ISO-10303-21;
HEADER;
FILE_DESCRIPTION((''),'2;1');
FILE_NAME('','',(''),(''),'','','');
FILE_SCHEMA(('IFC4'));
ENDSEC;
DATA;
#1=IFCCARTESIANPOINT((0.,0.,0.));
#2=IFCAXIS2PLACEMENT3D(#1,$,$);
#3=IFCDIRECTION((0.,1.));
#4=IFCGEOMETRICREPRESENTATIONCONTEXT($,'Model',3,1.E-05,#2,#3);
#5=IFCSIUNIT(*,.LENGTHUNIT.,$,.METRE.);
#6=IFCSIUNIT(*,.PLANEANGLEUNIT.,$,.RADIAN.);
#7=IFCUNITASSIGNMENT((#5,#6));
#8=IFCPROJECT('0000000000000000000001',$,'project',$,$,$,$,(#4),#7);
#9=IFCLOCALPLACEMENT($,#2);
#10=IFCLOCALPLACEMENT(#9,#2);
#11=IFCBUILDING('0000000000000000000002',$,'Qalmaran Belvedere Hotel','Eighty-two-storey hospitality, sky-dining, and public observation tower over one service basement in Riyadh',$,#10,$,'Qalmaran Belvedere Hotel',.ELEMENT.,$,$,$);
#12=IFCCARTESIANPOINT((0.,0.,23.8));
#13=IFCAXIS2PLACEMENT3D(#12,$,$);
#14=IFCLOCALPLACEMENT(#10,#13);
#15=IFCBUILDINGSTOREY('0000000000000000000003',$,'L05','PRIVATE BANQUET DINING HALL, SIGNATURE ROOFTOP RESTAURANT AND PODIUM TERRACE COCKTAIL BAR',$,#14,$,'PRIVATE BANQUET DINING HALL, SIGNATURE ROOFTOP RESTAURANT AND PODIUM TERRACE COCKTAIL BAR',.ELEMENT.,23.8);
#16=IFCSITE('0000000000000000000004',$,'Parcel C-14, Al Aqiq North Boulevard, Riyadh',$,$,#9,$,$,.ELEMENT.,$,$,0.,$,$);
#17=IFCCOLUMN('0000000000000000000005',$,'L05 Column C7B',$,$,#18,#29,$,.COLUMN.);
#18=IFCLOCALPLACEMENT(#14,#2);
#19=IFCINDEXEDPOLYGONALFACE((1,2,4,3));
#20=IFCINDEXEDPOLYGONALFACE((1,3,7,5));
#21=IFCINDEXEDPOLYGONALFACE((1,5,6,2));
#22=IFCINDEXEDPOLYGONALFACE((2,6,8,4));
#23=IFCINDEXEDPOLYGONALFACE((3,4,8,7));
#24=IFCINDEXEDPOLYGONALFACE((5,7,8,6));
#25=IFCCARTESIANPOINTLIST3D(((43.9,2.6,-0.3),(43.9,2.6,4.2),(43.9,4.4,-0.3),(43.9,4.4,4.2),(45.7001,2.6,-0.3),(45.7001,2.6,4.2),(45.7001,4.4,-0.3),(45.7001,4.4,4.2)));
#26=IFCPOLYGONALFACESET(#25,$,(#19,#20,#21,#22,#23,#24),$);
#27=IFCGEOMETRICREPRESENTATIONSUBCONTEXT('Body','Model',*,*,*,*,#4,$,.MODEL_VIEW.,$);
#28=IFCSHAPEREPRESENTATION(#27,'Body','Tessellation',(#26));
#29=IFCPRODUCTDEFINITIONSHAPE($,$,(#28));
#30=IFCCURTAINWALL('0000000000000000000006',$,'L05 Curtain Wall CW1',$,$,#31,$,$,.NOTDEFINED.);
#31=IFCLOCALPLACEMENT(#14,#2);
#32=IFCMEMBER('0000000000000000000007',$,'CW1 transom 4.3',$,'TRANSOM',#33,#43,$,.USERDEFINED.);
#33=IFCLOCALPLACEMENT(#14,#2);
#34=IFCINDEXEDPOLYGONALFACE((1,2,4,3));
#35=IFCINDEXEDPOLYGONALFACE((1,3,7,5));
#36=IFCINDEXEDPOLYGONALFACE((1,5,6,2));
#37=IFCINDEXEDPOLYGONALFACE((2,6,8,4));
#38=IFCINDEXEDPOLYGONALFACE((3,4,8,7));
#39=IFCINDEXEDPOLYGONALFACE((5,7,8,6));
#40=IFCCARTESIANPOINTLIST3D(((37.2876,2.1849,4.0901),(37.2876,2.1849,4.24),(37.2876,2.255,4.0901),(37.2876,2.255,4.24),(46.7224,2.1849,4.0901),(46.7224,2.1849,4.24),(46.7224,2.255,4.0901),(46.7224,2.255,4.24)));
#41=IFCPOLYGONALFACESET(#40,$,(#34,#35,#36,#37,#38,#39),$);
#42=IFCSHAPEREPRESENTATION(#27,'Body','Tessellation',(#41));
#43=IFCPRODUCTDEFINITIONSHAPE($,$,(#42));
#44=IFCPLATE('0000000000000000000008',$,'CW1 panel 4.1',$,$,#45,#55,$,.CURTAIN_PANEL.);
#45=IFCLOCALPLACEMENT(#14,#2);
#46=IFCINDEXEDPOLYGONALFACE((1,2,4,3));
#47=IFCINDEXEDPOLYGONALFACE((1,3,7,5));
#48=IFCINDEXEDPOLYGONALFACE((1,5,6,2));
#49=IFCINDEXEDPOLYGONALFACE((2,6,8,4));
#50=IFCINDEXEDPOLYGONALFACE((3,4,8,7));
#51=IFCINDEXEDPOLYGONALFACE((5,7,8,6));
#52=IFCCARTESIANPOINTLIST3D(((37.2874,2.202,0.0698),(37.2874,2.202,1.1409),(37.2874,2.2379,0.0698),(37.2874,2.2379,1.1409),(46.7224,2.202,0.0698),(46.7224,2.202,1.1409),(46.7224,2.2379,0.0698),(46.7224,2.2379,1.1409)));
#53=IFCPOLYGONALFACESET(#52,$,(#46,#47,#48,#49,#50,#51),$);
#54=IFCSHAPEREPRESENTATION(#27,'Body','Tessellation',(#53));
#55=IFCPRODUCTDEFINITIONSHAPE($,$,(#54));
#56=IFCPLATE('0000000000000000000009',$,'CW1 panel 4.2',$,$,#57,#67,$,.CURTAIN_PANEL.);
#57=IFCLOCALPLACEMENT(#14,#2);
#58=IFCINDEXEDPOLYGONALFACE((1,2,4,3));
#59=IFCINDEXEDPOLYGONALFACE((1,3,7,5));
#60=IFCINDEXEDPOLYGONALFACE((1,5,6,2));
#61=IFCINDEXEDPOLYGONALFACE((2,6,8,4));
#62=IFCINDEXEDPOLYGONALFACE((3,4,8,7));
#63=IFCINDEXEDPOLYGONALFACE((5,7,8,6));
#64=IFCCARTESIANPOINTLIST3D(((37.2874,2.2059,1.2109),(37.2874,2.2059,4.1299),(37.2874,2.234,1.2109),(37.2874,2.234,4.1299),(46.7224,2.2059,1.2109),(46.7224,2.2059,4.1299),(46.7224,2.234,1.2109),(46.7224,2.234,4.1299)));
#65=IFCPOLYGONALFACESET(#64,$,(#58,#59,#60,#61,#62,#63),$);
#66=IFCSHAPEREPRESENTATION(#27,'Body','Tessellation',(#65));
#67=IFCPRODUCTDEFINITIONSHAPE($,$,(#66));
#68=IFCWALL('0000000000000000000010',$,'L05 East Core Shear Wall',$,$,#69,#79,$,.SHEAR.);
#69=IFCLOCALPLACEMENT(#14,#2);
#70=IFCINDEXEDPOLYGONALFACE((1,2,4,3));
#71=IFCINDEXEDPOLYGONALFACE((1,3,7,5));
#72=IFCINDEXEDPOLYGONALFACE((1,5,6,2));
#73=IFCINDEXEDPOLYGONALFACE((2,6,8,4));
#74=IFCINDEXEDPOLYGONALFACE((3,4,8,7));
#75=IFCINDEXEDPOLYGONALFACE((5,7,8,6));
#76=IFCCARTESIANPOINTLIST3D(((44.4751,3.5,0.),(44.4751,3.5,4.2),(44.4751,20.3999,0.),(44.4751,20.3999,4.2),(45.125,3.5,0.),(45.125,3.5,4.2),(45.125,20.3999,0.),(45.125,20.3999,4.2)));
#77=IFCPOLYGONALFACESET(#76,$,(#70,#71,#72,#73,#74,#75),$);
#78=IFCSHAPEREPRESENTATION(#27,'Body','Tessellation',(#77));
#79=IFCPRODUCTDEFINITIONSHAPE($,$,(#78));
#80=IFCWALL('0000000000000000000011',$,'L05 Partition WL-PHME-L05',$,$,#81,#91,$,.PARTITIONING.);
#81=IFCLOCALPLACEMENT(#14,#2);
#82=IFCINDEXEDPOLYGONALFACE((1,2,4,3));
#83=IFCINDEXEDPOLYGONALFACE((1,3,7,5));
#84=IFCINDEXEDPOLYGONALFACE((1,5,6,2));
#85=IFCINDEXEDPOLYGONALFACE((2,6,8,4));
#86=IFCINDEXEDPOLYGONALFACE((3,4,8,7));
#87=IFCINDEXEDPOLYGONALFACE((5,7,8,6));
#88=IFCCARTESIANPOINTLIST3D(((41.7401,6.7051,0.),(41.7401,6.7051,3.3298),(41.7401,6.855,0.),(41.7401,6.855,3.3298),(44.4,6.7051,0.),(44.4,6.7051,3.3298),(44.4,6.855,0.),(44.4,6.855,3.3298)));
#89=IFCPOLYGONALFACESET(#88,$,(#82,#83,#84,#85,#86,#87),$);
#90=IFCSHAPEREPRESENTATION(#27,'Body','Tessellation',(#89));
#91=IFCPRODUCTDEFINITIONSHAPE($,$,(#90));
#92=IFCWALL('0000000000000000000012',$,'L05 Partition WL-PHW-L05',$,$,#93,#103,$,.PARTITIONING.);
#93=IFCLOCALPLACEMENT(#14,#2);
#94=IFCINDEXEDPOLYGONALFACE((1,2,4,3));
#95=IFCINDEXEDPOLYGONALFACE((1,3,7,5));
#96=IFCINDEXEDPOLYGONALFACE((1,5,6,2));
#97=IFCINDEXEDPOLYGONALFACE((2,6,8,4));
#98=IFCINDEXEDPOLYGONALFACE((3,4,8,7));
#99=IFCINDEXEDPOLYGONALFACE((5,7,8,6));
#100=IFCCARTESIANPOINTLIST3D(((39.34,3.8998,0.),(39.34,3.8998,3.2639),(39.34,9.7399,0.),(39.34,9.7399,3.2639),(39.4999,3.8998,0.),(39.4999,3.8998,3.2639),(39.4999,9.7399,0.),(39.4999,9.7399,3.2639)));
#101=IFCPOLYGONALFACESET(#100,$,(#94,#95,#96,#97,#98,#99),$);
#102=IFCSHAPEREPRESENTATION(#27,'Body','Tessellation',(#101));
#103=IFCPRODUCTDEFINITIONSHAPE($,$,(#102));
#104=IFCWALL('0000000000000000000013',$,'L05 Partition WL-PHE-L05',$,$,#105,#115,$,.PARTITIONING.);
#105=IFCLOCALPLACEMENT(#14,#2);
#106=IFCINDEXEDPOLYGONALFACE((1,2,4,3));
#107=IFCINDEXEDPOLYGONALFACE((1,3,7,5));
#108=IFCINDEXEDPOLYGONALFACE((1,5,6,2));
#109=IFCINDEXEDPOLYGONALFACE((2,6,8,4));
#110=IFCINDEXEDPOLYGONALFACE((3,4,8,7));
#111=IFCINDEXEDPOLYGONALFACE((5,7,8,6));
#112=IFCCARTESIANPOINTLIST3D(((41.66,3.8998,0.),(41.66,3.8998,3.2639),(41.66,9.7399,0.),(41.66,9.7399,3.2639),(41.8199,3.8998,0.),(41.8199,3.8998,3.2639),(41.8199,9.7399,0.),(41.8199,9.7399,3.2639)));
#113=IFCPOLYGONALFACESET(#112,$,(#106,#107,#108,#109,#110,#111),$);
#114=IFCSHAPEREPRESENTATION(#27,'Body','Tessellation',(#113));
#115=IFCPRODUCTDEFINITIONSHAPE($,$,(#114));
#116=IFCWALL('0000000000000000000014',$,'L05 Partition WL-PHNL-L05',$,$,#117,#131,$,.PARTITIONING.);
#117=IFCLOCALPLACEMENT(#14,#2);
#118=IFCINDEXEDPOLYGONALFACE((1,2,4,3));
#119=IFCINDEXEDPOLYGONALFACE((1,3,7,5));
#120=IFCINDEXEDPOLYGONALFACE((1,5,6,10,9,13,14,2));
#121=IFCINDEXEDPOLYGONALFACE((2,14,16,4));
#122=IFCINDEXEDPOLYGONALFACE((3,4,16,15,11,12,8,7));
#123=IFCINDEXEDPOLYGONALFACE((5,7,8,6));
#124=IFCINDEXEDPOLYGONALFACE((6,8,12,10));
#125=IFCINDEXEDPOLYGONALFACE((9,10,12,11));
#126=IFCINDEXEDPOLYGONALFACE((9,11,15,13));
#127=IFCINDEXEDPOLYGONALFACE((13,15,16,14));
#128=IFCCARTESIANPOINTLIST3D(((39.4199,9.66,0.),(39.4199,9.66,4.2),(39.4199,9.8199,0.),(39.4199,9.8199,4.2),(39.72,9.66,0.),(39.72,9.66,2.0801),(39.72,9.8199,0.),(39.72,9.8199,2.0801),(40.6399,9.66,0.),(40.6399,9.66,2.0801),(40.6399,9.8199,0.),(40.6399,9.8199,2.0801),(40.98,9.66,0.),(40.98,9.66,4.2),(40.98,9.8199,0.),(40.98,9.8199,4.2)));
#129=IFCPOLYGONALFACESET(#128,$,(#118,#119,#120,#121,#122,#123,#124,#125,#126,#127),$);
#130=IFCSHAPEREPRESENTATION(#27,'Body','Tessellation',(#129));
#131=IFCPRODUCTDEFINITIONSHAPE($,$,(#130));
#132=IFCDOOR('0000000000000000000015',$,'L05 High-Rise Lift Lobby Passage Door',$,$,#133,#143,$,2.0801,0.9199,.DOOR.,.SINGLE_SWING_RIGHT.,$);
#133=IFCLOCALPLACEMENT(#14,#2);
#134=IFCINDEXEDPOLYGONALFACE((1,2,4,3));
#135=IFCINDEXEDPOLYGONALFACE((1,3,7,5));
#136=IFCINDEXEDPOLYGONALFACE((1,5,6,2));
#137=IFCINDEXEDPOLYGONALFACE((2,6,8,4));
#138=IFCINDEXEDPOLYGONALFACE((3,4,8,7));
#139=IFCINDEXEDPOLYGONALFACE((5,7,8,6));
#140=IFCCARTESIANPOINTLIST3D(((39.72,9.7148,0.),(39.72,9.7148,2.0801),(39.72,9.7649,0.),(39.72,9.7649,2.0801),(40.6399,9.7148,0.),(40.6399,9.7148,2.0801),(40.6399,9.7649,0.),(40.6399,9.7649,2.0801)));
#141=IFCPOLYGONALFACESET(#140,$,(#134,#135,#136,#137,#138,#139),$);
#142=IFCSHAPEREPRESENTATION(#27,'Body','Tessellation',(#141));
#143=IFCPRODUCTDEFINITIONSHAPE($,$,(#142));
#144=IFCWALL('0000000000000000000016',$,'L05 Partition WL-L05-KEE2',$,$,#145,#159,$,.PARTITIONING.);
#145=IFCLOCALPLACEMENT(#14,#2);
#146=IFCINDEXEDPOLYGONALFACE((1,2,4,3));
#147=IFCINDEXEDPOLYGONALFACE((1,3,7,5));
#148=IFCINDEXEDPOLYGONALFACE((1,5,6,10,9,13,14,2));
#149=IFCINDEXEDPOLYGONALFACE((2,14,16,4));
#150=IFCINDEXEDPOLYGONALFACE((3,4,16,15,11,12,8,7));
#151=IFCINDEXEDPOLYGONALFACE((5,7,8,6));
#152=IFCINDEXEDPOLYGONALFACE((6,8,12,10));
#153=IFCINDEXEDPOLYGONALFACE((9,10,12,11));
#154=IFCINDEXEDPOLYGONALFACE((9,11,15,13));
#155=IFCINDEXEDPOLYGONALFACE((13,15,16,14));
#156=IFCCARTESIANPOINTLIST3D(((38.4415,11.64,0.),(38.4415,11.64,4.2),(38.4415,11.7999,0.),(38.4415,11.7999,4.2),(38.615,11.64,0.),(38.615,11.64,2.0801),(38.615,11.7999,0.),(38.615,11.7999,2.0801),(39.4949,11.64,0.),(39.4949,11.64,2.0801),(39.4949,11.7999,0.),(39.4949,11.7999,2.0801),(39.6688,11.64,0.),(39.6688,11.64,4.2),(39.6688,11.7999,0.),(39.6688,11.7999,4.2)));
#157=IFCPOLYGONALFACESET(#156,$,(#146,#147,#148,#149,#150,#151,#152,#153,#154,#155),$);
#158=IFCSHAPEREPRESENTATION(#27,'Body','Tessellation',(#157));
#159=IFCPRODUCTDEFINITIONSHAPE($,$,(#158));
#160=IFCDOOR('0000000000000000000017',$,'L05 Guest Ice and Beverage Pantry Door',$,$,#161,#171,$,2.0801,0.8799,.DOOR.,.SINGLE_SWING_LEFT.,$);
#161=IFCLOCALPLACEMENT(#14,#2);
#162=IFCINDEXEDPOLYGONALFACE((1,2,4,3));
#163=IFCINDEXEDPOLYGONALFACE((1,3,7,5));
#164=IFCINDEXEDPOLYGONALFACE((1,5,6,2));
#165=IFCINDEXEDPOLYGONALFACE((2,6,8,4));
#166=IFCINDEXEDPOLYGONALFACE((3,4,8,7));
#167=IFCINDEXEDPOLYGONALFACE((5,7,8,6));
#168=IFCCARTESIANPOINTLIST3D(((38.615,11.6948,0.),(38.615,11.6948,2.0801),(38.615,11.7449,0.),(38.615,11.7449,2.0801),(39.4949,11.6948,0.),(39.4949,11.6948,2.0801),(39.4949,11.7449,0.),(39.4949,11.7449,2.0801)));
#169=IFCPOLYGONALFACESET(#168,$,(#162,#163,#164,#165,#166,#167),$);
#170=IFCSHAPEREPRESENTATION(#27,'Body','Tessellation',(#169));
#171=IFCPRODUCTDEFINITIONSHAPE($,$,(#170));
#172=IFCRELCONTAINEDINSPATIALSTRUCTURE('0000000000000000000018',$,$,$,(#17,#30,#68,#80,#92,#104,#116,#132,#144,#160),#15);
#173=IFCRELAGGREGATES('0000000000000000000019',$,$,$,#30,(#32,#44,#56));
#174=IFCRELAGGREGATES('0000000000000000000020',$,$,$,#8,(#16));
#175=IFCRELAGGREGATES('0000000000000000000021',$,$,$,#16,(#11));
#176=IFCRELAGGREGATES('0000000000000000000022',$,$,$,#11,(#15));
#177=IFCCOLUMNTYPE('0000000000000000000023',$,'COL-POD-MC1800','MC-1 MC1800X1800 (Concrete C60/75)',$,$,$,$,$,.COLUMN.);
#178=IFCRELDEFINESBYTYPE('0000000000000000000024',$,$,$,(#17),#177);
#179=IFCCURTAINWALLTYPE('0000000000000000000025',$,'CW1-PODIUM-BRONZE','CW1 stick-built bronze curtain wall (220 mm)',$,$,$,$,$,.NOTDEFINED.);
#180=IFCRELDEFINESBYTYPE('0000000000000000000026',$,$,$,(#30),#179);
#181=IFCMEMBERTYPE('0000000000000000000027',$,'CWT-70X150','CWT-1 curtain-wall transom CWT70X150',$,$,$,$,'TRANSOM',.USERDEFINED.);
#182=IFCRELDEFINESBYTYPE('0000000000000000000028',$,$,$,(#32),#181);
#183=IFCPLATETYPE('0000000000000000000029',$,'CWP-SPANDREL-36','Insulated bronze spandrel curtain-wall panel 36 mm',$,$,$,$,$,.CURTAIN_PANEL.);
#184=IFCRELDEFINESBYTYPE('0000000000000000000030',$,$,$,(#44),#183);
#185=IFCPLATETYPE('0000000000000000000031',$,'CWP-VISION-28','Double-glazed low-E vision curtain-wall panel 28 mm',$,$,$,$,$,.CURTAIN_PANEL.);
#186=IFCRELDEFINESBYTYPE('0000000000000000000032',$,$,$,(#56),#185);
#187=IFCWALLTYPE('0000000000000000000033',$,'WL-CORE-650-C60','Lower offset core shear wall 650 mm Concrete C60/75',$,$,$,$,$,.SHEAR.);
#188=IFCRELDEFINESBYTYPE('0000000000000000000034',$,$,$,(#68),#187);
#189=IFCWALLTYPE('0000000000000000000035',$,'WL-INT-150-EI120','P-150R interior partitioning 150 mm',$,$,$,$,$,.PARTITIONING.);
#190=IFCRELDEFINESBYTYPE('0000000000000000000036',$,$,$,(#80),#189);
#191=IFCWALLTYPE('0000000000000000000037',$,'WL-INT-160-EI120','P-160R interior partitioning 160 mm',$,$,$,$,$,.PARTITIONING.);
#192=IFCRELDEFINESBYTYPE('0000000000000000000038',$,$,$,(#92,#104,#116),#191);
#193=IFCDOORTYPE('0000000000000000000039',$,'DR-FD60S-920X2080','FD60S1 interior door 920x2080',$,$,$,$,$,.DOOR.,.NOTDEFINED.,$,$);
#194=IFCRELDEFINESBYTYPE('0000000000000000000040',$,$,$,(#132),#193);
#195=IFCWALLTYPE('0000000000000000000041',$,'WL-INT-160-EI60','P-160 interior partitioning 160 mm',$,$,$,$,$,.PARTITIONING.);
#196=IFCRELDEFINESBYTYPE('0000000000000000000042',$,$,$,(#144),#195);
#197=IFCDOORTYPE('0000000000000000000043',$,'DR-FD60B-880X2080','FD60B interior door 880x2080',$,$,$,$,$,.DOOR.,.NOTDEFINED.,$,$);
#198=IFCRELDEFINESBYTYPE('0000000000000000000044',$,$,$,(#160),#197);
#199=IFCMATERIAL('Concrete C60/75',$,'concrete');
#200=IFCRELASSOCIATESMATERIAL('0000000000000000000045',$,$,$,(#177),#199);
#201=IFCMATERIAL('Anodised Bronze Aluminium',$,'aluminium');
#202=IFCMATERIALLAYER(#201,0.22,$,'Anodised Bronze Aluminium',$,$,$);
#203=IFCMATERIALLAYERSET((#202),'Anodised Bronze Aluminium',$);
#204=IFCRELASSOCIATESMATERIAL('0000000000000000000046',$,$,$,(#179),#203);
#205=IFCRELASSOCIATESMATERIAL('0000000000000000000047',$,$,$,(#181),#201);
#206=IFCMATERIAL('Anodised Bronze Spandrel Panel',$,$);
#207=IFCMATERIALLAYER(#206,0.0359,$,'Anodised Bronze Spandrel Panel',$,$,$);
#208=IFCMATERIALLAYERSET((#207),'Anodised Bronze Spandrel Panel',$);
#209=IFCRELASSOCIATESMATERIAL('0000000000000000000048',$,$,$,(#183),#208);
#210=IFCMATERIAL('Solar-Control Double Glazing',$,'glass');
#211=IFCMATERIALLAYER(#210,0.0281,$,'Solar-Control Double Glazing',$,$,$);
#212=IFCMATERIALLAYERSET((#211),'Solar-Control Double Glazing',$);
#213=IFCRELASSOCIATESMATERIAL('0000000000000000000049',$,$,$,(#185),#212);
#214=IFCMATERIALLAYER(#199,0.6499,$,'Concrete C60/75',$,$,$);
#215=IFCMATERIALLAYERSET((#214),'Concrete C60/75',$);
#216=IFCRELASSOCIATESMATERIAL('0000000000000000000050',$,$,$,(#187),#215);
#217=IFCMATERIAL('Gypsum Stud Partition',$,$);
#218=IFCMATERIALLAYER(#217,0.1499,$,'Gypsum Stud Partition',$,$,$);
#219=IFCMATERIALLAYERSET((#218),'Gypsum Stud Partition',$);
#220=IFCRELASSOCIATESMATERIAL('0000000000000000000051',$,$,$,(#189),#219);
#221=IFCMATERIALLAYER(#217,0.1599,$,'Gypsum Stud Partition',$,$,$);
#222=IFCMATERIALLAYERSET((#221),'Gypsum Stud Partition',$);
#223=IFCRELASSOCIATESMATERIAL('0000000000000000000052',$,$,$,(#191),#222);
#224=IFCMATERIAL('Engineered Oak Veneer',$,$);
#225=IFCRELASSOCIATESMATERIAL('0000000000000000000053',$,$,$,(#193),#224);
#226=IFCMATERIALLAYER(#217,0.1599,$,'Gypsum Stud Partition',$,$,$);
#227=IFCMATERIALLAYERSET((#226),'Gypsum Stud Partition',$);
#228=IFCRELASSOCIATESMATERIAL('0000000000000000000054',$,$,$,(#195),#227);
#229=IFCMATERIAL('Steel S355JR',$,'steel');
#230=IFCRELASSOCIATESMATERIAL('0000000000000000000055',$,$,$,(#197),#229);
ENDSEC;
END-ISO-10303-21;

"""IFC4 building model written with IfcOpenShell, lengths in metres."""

from ifc_helpers import new_model, si_unit, direction, frame, frame_2d, origin, origin_2d, place, context, subcontext, project, spatial, rectangle, extrude, material, layer, layer_set, material_profile, profile_set, type_object, element, fill, aggregate, save


model = new_model("IFC4")

# Units and contexts
model_context = context("Model", 3, precision=1e-05, world=origin(), true_north=direction((0.0, 1.0)))
body_context = subcontext(model_context, "Body", "Model", "MODEL_VIEW")
ifc_project = project(units=[si_unit("LENGTHUNIT", "METRE"), si_unit("PLANEANGLEUNIT", "RADIAN")], contexts=[model_context])

# Site, building, storey
site_placement = place(None, origin())
site = spatial("IfcSite", under=ifc_project, at=site_placement, Name="Parcel C-14, Al Aqiq North Boulevard, Riyadh", CompositionType="ELEMENT", RefElevation=0.0)
building_placement = place(site_placement, origin())
building = spatial("IfcBuilding", under=site, at=building_placement, Name="Qalmaran Belvedere Hotel", Description="Eighty-two-storey hospitality, sky-dining, and public observation tower over one service basement in Riyadh", LongName="Qalmaran Belvedere Hotel", CompositionType="ELEMENT")
storey_placement = place(building_placement, frame((0.0, 0.0, 23.8)))
storey = spatial("IfcBuildingStorey", under=building, at=storey_placement, Name="L05", Description="PRIVATE BANQUET DINING HALL, SIGNATURE ROOFTOP RESTAURANT AND PODIUM TERRACE COCKTAIL BAR", LongName="PRIVATE BANQUET DINING HALL, SIGNATURE ROOFTOP RESTAURANT AND PODIUM TERRACE COCKTAIL BAR", CompositionType="ELEMENT", Elevation=23.8)

# Column
ifc_material_1 = material(Name="Concrete C60/75", Category="concrete")
ifc_material_profile_1 = material_profile(ifc_material_1, rectangle(XDim=1.8, YDim=1.8, at=origin_2d()), Name="MC1800X1800")
ifc_profile_set_1 = profile_set([ifc_material_profile_1], Name="Concrete C60/75")
column_type = type_object("IfcColumnType", Name="COL-POD-MC1800", Description="MC-1 MC1800X1800 (Concrete C60/75)", PredefinedType="COLUMN", material=ifc_profile_set_1)
column_placement = place(storey_placement, frame((44.8, 3.5, -0.3), z_axis=(0.0, 0.0, 1.0), x_axis=(1.0, 0.0, 0.0)))
element("IfcColumn", 1, at=column_placement, inside=storey, type_object=column_type, Name="L05 Column C7B", PredefinedType="COLUMN", context=body_context, shape_type="SweptSolid", body=[
    extrude(rectangle(XDim=1.8, YDim=1.8, at=origin_2d()), origin(), (0.0, 0.0, 1.0), 4.5),
])

# Curtain wall, member, plates
ifc_material_2 = material(Name="Anodised Bronze Aluminium", Category="aluminium")
ifc_layer_1 = layer(ifc_material_2, 0.22, Name="Anodised Bronze Aluminium")
ifc_layer_set_1 = layer_set([ifc_layer_1], Name="Anodised Bronze Aluminium")
curtain_wall_type = type_object("IfcCurtainWallType", Name="CW1-PODIUM-BRONZE", Description="CW1 stick-built bronze curtain wall (220 mm)", PredefinedType="NOTDEFINED", material=ifc_layer_set_1)
curtain_wall_placement = place(storey_placement, origin())
curtain_wall = element("IfcCurtainWall", 2, at=curtain_wall_placement, inside=storey, type_object=curtain_wall_type, Name="L05 Curtain Wall CW1", PredefinedType="NOTDEFINED")
ifc_material_profile_2 = material_profile(ifc_material_2, rectangle(XDim=0.0701, YDim=0.1499, at=origin_2d()), Name="CWT70X150")
ifc_profile_set_2 = profile_set([ifc_material_profile_2], Name="Anodised Bronze Aluminium")
member_type = type_object("IfcMemberType", Name="CWT-70X150", Description="CWT-1 curtain-wall transom CWT70X150", ElementType="TRANSOM", PredefinedType="USERDEFINED", material=ifc_profile_set_2)
member_placement = place(storey_placement, frame((37.2876, 2.22, 4.165), z_axis=(1.0, 0.0, 0.0), x_axis=(0.0, 1.0, 0.0)))
member = element("IfcMember", 3, at=member_placement, type_object=member_type, Name="CW1 transom 4.3", ObjectType="TRANSOM", PredefinedType="USERDEFINED", context=body_context, shape_type="SweptSolid", body=[
    extrude(rectangle(XDim=0.0701, YDim=0.1499, at=origin_2d()), origin(), (0.0, 0.0, 1.0), 9.4348),
])
ifc_material_3 = material(Name="Anodised Bronze Spandrel Panel")
ifc_layer_2 = layer(ifc_material_3, 0.0359, Name="Anodised Bronze Spandrel Panel")
ifc_layer_set_2 = layer_set([ifc_layer_2], Name="Anodised Bronze Spandrel Panel")
plate_type_1 = type_object("IfcPlateType", Name="CWP-SPANDREL-36", Description="Insulated bronze spandrel curtain-wall panel 36 mm", PredefinedType="CURTAIN_PANEL", material=ifc_layer_set_2)
plate_1_placement = place(storey_placement, frame((42.0049, 2.22, 0.0698), z_axis=(0.0, 0.0, 1.0), x_axis=(1.0, 0.0, 0.0)))
plate_1 = element("IfcPlate", 4, at=plate_1_placement, type_object=plate_type_1, Name="CW1 panel 4.1", PredefinedType="CURTAIN_PANEL", context=body_context, shape_type="SweptSolid", body=[
    extrude(rectangle(XDim=9.4351, YDim=0.0359, at=origin_2d()), origin(), (0.0, 0.0, 1.0), 1.071),
])
ifc_material_4 = material(Name="Solar-Control Double Glazing", Category="glass")
ifc_layer_3 = layer(ifc_material_4, 0.0281, Name="Solar-Control Double Glazing")
ifc_layer_set_3 = layer_set([ifc_layer_3], Name="Solar-Control Double Glazing")
plate_type_2 = type_object("IfcPlateType", Name="CWP-VISION-28", Description="Double-glazed low-E vision curtain-wall panel 28 mm", PredefinedType="CURTAIN_PANEL", material=ifc_layer_set_3)
plate_2_placement = place(storey_placement, frame((42.0049, 2.22, 1.2109), z_axis=(0.0, 0.0, 1.0), x_axis=(1.0, 0.0, 0.0)))
plate_2 = element("IfcPlate", 5, at=plate_2_placement, type_object=plate_type_2, Name="CW1 panel 4.2", PredefinedType="CURTAIN_PANEL", context=body_context, shape_type="SweptSolid", body=[
    extrude(rectangle(XDim=9.4351, YDim=0.0281, at=origin_2d()), origin(), (0.0, 0.0, 1.0), 2.9189),
])
aggregate(curtain_wall, [member, plate_1, plate_2])

# Walls
ifc_layer_4 = layer(ifc_material_1, 0.6499, Name="Concrete C60/75")
ifc_layer_set_4 = layer_set([ifc_layer_4], Name="Concrete C60/75")
wall_type_1 = type_object("IfcWallType", Name="WL-CORE-650-C60", Description="Lower offset core shear wall 650 mm Concrete C60/75", PredefinedType="SHEAR", material=ifc_layer_set_4)
wall_1_placement = place(storey_placement, frame((44.8, 3.5, 0.0), z_axis=(0.0, 0.0, 1.0), x_axis=(0.0, 1.0, 0.0)))
element("IfcWall", 6, at=wall_1_placement, inside=storey, type_object=wall_type_1, Name="L05 East Core Shear Wall", PredefinedType="SHEAR", context=body_context, shape_type="SweptSolid", body=[
    extrude(rectangle(XDim=16.8999, YDim=0.6499, at=frame_2d((8.45, 0.0))), origin(), (0.0, 0.0, 1.0), 4.2),
])
ifc_material_5 = material(Name="Gypsum Stud Partition")
ifc_layer_5 = layer(ifc_material_5, 0.1499, Name="Gypsum Stud Partition")
ifc_layer_set_5 = layer_set([ifc_layer_5], Name="Gypsum Stud Partition")
wall_type_2 = type_object("IfcWallType", Name="WL-INT-150-EI120", Description="P-150R interior partitioning 150 mm", PredefinedType="PARTITIONING", material=ifc_layer_set_5)
wall_2_placement = place(storey_placement, frame((41.74, 6.78, 0.0), z_axis=(0.0, 0.0, 1.0), x_axis=(1.0, 0.0, 0.0)))
element("IfcWall", 7, at=wall_2_placement, inside=storey, type_object=wall_type_2, Name="L05 Partition WL-PHME-L05", PredefinedType="PARTITIONING", context=body_context, shape_type="SweptSolid", body=[
    extrude(rectangle(XDim=2.6599, YDim=0.1499, at=frame_2d((1.3301, 0.0))), origin(), (0.0, 0.0, 1.0), 3.3298),
])
ifc_layer_6 = layer(ifc_material_5, 0.1599, Name="Gypsum Stud Partition")
ifc_layer_set_6 = layer_set([ifc_layer_6], Name="Gypsum Stud Partition")
wall_type_3 = type_object("IfcWallType", Name="WL-INT-160-EI120", Description="P-160R interior partitioning 160 mm", PredefinedType="PARTITIONING", material=ifc_layer_set_6)
for number, where, z_axis, x_axis, name in (
    (8, (39.4199, 3.8999, 0.0), (0.0, 0.0, 1.0), (0.0, 1.0, 0.0), "L05 Partition WL-PHW-L05"),
    (9, (41.74, 3.8999, 0.0), (0.0, 0.0, 1.0), (0.0, 1.0, 0.0), "L05 Partition WL-PHE-L05"),
):
    element("IfcWall", number, at=place(storey_placement, frame(where, z_axis=z_axis, x_axis=x_axis)), inside=storey, type_object=wall_type_3, Name=name, PredefinedType="PARTITIONING", context=body_context, shape_type="SweptSolid", body=[
        extrude(rectangle(XDim=5.8401, YDim=0.1599, at=frame_2d((2.9199, 0.0))), origin(), (0.0, 0.0, 1.0), 3.2639),
    ])

# Walls, openings, doors
wall_3_placement = place(storey_placement, frame((39.4199, 9.74, 0.0), z_axis=(0.0, 0.0, 1.0), x_axis=(1.0, 0.0, 0.0)))
wall_3 = element("IfcWall", 10, at=wall_3_placement, inside=storey, type_object=wall_type_3, Name="L05 Partition WL-PHNL-L05", PredefinedType="PARTITIONING", context=body_context, shape_type="SweptSolid", body=[
    extrude(rectangle(XDim=1.5601, YDim=0.1599, at=frame_2d((0.78, 0.0))), origin(), (0.0, 0.0, 1.0), 4.2),
])
opening_1_placement = place(wall_3_placement, frame((0.3, 0.0, 0.0)))
opening_1 = element("IfcOpeningElement", 11, at=opening_1_placement, cuts=wall_3, PredefinedType="OPENING", context=body_context, shape_type="SweptSolid", body=[
    extrude(rectangle(XDim=0.9199, YDim=2.0801, at=frame_2d((0.46, 1.04))), frame((0.0, 0.0898, 0.0), z_axis=(0.0, -1.0, 0.0), x_axis=(1.0, 0.0, 0.0)), (0.0, 0.0, 1.0), 0.1799),
])
ifc_material_6 = material(Name="Engineered Oak Veneer")
door_type_1 = type_object("IfcDoorType", Name="DR-FD60S-920X2080", Description="FD60S1 interior door 920x2080", OperationType="NOTDEFINED", PredefinedType="DOOR", material=ifc_material_6)
door_1_placement = place(opening_1_placement, origin())
door_1 = element("IfcDoor", 12, at=door_1_placement, inside=storey, type_object=door_type_1, Name="L05 High-Rise Lift Lobby Passage Door", OperationType="SINGLE_SWING_RIGHT", OverallHeight=2.0801, OverallWidth=0.9199, PredefinedType="DOOR", context=body_context, shape_type="SweptSolid", body=[
    extrude(rectangle(XDim=0.9199, YDim=2.0801, at=frame_2d((0.46, 1.04))), frame((0.0, 0.0249, 0.0), z_axis=(0.0, -1.0, 0.0), x_axis=(1.0, 0.0, 0.0)), (0.0, 0.0, 1.0), 0.05),
])
fill(opening_1, door_1)
ifc_layer_7 = layer(ifc_material_5, 0.1599, Name="Gypsum Stud Partition")
ifc_layer_set_7 = layer_set([ifc_layer_7], Name="Gypsum Stud Partition")
wall_type_4 = type_object("IfcWallType", Name="WL-INT-160-EI60", Description="P-160 interior partitioning 160 mm", PredefinedType="PARTITIONING", material=ifc_layer_set_7)
wall_4_placement = place(storey_placement, frame((38.4414, 11.72, 0.0), z_axis=(0.0, 0.0, 1.0), x_axis=(1.0, 0.0, 0.0)))
wall_4 = element("IfcWall", 13, at=wall_4_placement, inside=storey, type_object=wall_type_4, Name="L05 Partition WL-L05-KEE2", PredefinedType="PARTITIONING", context=body_context, shape_type="SweptSolid", body=[
    extrude(rectangle(XDim=1.2273, YDim=0.1599, at=frame_2d((0.6138, 0.0))), origin(), (0.0, 0.0, 1.0), 4.2),
])
opening_2_placement = place(wall_4_placement, frame((0.1736, 0.0, 0.0)))
opening_2 = element("IfcOpeningElement", 14, at=opening_2_placement, cuts=wall_4, PredefinedType="OPENING", context=body_context, shape_type="SweptSolid", body=[
    extrude(rectangle(XDim=0.8799, YDim=2.0801, at=frame_2d((0.4399, 1.04))), frame((0.0, 0.0898, 0.0), z_axis=(0.0, -1.0, 0.0), x_axis=(1.0, 0.0, 0.0)), (0.0, 0.0, 1.0), 0.1799),
])
ifc_material_7 = material(Name="Steel S355JR", Category="steel")
door_type_2 = type_object("IfcDoorType", Name="DR-FD60B-880X2080", Description="FD60B interior door 880x2080", OperationType="NOTDEFINED", PredefinedType="DOOR", material=ifc_material_7)
door_2_placement = place(opening_2_placement, origin())
door_2 = element("IfcDoor", 15, at=door_2_placement, inside=storey, type_object=door_type_2, Name="L05 Guest Ice and Beverage Pantry Door", OperationType="SINGLE_SWING_LEFT", OverallHeight=2.0801, OverallWidth=0.8799, PredefinedType="DOOR", context=body_context, shape_type="SweptSolid", body=[
    extrude(rectangle(XDim=0.8799, YDim=2.0801, at=frame_2d((0.4399, 1.04))), frame((0.0, 0.0249, 0.0), z_axis=(0.0, -1.0, 0.0), x_axis=(1.0, 0.0, 0.0)), (0.0, 0.0, 1.0), 0.05),
])
fill(opening_2, door_2)

save(model, "model.ifc")
